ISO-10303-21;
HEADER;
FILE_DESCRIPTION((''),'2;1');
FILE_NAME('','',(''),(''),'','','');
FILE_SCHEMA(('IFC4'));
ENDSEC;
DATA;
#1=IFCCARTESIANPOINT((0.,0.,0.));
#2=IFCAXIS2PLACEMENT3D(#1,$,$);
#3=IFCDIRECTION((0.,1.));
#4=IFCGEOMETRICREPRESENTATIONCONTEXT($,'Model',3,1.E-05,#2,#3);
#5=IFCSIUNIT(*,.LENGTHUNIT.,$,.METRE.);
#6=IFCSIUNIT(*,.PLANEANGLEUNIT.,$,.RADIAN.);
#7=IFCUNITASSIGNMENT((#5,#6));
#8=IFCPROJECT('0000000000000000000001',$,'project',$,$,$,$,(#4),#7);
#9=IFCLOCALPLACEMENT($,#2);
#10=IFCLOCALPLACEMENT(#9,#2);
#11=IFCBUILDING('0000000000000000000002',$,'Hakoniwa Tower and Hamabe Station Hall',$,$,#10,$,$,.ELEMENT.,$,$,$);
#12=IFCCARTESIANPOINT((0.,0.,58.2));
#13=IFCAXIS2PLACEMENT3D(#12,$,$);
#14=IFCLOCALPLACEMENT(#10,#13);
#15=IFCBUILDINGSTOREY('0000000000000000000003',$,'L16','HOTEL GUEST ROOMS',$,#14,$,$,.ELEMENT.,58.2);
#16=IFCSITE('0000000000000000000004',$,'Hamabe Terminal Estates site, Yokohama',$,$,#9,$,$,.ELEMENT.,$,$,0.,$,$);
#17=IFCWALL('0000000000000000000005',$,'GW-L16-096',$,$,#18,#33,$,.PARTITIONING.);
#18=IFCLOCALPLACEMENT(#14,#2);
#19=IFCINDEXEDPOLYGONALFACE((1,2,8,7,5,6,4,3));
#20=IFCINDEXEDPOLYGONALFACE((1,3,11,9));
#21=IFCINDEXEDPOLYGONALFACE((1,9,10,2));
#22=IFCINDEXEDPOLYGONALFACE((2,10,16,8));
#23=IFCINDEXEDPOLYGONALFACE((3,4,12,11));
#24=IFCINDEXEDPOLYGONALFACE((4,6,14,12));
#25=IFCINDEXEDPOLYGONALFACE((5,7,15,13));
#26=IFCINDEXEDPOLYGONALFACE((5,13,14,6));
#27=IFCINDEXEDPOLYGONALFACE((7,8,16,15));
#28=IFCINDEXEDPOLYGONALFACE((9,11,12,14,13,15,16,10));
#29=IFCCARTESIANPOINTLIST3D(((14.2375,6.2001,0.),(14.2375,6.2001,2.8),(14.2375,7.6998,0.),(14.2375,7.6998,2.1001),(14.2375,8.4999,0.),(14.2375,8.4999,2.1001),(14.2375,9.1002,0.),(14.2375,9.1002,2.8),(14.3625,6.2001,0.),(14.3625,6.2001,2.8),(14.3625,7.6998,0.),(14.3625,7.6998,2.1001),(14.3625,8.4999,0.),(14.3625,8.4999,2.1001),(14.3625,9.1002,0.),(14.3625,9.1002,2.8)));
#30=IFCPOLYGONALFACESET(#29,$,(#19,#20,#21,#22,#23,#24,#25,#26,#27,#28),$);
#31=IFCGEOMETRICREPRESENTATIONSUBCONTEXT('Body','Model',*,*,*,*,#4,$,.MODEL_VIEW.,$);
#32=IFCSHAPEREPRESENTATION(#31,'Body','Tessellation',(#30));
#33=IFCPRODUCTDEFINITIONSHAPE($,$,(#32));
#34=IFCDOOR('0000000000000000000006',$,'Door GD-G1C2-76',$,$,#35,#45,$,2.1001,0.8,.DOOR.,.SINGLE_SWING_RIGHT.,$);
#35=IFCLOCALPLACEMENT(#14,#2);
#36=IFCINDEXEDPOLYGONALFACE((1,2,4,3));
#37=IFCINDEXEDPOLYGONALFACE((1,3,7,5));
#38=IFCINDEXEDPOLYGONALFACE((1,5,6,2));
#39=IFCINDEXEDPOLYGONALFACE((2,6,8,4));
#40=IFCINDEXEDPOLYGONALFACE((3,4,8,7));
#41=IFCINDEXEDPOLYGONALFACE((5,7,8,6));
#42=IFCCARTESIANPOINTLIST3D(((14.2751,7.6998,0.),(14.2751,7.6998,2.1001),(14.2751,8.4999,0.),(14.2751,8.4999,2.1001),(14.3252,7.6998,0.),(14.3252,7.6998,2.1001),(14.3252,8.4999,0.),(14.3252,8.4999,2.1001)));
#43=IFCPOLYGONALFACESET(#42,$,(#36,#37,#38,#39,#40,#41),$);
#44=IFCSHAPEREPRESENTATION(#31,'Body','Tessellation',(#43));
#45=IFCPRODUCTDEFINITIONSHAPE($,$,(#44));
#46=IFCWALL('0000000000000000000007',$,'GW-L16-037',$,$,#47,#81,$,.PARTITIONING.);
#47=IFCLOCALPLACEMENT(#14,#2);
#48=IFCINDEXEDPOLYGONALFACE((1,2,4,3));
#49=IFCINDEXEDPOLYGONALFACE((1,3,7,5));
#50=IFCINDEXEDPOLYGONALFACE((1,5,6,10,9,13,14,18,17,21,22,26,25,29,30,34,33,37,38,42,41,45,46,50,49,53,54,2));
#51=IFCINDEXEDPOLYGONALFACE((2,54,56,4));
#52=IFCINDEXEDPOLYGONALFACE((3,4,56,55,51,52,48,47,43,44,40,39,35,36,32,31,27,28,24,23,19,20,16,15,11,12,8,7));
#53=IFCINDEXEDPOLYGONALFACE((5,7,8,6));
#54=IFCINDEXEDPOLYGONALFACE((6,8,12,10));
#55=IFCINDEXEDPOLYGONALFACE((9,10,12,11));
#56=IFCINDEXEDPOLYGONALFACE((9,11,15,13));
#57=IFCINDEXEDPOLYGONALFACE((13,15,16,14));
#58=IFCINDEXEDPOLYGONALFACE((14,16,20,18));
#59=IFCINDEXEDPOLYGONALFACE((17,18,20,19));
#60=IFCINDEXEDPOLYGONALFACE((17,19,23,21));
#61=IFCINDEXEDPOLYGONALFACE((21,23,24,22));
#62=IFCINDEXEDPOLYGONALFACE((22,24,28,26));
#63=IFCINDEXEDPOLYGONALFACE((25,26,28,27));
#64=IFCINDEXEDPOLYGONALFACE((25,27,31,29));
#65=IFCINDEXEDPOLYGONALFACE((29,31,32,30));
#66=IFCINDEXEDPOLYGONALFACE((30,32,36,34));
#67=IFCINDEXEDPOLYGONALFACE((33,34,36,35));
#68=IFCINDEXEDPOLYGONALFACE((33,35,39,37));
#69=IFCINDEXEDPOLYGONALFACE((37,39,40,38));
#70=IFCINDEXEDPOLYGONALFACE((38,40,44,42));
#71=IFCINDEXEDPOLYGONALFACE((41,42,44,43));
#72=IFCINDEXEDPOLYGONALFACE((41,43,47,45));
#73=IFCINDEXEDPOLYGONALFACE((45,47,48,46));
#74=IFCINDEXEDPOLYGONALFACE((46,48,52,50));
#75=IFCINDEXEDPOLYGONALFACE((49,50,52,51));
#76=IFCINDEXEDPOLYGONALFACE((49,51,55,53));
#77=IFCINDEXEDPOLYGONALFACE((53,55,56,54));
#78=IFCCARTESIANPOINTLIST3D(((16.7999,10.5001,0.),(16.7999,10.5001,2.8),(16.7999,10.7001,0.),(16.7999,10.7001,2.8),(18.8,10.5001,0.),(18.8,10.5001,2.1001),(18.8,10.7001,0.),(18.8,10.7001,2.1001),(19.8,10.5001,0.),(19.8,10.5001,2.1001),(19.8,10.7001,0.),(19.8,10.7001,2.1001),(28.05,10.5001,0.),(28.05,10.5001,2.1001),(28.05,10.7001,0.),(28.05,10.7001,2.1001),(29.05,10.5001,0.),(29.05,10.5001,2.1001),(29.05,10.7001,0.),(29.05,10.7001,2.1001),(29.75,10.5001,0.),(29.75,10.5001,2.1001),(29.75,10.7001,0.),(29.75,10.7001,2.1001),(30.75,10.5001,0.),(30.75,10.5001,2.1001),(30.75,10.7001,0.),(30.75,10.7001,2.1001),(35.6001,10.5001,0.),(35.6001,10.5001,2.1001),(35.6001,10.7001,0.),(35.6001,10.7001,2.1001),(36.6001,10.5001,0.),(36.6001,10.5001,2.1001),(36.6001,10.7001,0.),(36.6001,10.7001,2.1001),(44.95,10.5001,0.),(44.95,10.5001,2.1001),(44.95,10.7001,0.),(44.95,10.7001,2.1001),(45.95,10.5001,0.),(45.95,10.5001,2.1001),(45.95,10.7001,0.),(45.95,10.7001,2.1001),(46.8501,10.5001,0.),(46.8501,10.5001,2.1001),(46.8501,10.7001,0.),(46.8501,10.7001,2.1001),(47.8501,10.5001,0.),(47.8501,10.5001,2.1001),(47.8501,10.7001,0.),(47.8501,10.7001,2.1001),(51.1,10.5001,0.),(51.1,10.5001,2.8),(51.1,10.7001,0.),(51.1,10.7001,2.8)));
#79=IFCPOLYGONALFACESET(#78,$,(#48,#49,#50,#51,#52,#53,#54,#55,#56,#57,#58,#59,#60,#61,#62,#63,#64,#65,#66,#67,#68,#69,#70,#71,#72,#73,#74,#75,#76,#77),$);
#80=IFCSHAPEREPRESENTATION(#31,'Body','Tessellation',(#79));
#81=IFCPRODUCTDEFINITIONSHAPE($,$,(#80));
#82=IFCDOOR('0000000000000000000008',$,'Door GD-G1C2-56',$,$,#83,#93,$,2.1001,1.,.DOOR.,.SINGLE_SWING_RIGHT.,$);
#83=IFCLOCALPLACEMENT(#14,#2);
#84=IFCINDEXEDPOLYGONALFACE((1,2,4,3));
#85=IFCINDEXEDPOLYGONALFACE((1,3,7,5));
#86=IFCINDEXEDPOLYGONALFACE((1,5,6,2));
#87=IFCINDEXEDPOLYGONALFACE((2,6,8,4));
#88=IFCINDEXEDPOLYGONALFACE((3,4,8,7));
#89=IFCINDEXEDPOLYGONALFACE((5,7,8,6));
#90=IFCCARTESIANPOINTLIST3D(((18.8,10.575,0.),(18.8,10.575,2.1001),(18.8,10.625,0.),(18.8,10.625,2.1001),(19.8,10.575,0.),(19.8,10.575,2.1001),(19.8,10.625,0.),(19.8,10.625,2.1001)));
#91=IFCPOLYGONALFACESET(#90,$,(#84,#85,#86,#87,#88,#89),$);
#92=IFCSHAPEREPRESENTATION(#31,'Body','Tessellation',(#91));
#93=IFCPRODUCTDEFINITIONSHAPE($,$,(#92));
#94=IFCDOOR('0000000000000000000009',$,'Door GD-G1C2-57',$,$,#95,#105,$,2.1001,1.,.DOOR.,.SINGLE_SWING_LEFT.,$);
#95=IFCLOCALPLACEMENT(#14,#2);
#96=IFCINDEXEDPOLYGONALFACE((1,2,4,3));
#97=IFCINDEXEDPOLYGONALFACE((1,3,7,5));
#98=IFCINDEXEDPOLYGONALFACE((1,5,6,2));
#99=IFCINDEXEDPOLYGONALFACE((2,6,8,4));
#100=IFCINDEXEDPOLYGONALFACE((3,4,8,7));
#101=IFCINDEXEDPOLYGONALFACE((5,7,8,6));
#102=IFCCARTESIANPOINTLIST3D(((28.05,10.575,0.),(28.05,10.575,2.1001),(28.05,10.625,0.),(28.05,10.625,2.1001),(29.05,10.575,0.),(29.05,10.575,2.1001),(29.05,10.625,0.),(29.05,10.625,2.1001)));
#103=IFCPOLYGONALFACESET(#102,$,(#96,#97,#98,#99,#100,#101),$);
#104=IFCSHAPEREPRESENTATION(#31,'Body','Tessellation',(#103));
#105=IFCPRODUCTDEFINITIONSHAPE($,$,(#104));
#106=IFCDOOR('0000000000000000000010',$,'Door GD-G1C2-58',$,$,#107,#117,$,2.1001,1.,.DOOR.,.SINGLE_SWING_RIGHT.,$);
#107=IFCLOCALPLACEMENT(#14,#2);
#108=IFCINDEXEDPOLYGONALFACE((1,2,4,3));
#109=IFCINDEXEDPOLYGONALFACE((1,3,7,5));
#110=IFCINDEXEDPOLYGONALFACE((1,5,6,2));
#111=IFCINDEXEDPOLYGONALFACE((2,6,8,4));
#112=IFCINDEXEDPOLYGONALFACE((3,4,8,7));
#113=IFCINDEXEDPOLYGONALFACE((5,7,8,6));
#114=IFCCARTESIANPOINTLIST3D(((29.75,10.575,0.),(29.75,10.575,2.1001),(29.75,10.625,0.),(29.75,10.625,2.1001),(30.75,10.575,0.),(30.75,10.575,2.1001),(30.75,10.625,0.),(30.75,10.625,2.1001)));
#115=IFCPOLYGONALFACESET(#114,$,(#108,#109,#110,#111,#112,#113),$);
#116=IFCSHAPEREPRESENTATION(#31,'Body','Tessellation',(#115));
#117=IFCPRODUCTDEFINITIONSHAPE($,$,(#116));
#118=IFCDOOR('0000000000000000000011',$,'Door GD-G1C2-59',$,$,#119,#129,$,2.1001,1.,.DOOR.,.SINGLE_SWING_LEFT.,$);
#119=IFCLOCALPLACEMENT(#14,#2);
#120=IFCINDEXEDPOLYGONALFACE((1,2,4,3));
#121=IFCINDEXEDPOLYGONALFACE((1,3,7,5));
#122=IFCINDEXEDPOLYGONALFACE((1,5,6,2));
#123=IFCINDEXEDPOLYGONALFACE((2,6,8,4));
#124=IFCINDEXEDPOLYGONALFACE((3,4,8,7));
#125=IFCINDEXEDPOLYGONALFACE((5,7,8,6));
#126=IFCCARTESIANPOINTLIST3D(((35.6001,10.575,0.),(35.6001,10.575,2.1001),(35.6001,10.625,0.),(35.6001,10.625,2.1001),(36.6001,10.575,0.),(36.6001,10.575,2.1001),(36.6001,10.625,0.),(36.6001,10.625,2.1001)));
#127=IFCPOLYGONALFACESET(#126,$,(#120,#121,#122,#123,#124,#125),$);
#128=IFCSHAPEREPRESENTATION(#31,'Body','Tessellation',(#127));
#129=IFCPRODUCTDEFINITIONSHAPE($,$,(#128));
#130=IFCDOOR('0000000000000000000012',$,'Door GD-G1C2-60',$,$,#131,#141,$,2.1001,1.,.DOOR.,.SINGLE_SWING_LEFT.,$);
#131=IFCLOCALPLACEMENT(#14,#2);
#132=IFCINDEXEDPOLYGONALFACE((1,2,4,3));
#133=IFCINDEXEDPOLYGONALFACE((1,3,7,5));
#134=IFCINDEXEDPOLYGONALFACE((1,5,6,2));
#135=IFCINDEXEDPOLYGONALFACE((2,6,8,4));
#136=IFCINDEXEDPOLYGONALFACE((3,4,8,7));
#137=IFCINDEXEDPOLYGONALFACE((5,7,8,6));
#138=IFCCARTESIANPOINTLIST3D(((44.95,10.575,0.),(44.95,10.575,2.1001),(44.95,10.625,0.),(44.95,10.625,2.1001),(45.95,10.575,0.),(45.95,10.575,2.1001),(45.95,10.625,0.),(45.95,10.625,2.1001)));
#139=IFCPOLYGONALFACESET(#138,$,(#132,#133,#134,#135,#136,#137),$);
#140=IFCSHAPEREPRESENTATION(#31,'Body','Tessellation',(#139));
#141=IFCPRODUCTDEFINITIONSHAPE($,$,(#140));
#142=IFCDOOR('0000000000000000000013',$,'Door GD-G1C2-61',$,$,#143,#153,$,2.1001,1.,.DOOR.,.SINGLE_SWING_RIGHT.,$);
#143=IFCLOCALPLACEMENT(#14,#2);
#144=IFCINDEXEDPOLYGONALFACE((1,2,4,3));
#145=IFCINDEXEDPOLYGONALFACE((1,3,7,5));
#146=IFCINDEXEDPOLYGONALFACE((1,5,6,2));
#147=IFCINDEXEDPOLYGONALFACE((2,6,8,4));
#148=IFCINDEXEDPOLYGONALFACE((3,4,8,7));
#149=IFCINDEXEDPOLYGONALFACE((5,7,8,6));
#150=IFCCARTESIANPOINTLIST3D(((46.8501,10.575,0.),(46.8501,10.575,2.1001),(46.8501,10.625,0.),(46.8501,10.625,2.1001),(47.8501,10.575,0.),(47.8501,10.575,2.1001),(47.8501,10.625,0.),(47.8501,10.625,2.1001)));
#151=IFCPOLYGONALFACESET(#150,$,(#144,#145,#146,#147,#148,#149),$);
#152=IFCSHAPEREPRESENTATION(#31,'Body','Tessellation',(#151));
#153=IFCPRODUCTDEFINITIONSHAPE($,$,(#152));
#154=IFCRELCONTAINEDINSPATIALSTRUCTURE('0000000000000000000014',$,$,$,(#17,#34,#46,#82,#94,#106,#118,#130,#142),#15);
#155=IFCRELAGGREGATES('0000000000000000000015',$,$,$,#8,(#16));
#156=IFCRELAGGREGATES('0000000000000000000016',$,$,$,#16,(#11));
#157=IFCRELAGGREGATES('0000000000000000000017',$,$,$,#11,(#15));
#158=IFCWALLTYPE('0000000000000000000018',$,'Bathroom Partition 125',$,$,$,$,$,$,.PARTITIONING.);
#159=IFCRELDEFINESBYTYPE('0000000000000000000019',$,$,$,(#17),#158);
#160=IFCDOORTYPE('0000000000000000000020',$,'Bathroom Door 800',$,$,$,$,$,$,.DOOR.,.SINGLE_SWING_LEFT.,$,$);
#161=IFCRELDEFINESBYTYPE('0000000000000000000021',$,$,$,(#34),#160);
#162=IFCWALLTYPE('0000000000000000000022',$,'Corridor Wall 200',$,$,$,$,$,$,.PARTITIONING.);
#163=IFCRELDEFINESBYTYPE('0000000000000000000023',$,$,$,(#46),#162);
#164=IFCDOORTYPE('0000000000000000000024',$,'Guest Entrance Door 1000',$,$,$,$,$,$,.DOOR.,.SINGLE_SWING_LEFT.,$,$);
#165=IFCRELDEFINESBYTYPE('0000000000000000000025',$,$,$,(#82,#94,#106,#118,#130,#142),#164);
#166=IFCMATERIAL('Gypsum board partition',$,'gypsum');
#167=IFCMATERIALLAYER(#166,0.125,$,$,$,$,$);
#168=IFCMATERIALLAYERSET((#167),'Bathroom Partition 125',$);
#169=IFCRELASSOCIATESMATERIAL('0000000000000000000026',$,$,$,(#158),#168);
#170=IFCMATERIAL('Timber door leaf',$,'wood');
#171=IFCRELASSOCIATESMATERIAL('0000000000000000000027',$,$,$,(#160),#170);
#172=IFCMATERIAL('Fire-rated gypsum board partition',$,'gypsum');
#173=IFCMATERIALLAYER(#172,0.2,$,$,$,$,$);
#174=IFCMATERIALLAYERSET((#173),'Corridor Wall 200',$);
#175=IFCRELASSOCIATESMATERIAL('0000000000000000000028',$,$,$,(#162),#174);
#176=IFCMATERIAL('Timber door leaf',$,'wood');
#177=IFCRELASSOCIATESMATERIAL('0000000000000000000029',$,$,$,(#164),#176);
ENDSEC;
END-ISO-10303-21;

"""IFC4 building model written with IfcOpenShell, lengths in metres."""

from ifc_helpers import new_model, si_unit, direction, frame, frame_2d, origin, place, context, subcontext, project, spatial, rectangle, extrude, material, layer, layer_set, type_object, element, fill, save


model = new_model("IFC4")

# Units and contexts
model_context = context("Model", 3, precision=1e-05, world=origin(), true_north=direction((0.0, 1.0)))
body_context = subcontext(model_context, "Body", "Model", "MODEL_VIEW")
ifc_project = project(units=[si_unit("LENGTHUNIT", "METRE"), si_unit("PLANEANGLEUNIT", "RADIAN")], contexts=[model_context])

# Site, building, storey
site_placement = place(None, origin())
site = spatial("IfcSite", under=ifc_project, at=site_placement, Name="Hamabe Terminal Estates site, Yokohama", CompositionType="ELEMENT", RefElevation=0.0)
building_placement = place(site_placement, origin())
building = spatial("IfcBuilding", under=site, at=building_placement, Name="Hakoniwa Tower and Hamabe Station Hall", CompositionType="ELEMENT")
storey_placement = place(building_placement, frame((0.0, 0.0, 58.2)))
storey = spatial("IfcBuildingStorey", under=building, at=storey_placement, Name="L16", Description="HOTEL GUEST ROOMS", CompositionType="ELEMENT", Elevation=58.2)

# Shared definitions
ifc_material_1 = material(Name="Gypsum board partition", Category="gypsum")
ifc_layer_1 = layer(ifc_material_1, 0.125)
ifc_layer_set_1 = layer_set([ifc_layer_1], Name="Bathroom Partition 125")
wall_type_1 = type_object("IfcWallType", Name="Bathroom Partition 125", PredefinedType="PARTITIONING", material=ifc_layer_set_1)

# Wall, opening, door
ifc_material_2 = material(Name="Timber door leaf", Category="wood")
door_type_1 = type_object("IfcDoorType", Name="Bathroom Door 800", OperationType="SINGLE_SWING_LEFT", PredefinedType="DOOR", material=ifc_material_2)
wall_1_placement = place(storey_placement, frame((14.3, 6.2, 0.0), z_axis=(0.0, 0.0, 1.0), x_axis=(0.0, 1.0, 0.0)))
wall_1 = element("IfcWall", 1, at=wall_1_placement, inside=storey, type_object=wall_type_1, Name="GW-L16-096", PredefinedType="PARTITIONING", context=body_context, shape_type="SweptSolid", body=[
    extrude(rectangle(XDim=2.9001, YDim=0.125, at=frame_2d((1.4502, 0.0))), origin(), (0.0, 0.0, 1.0), 2.8),
])
opening_1_placement = place(wall_1_placement, frame((1.5, 0.0, 0.0)))
opening_1 = element("IfcOpeningElement", 2, at=opening_1_placement, cuts=wall_1, PredefinedType="OPENING", context=body_context, shape_type="SweptSolid", body=[
    extrude(rectangle(XDim=0.8, YDim=2.1001, at=frame_2d((0.3999, 1.05))), frame((0.0, 0.0725, 0.0), z_axis=(0.0, -1.0, 0.0), x_axis=(1.0, 0.0, 0.0)), (0.0, 0.0, 1.0), 0.145),
])
door_1_placement = place(opening_1_placement, origin())
door_1 = element("IfcDoor", 3, at=door_1_placement, inside=storey, type_object=door_type_1, Name="Door GD-G1C2-76", OperationType="SINGLE_SWING_RIGHT", OverallHeight=2.1001, OverallWidth=0.8, PredefinedType="DOOR", context=body_context, shape_type="SweptSolid", body=[
    extrude(rectangle(XDim=0.8, YDim=2.1001, at=frame_2d((0.3999, 1.05))), frame((0.0, 0.0249, 0.0), z_axis=(0.0, -1.0, 0.0), x_axis=(1.0, 0.0, 0.0)), (0.0, 0.0, 1.0), 0.05),
])
fill(opening_1, door_1)

# Wall, openings, doors
ifc_material_3 = material(Name="Fire-rated gypsum board partition", Category="gypsum")
ifc_layer_2 = layer(ifc_material_3, 0.2)
ifc_layer_set_2 = layer_set([ifc_layer_2], Name="Corridor Wall 200")
wall_type_2 = type_object("IfcWallType", Name="Corridor Wall 200", PredefinedType="PARTITIONING", material=ifc_layer_set_2)
wall_2_placement = place(storey_placement, frame((16.8, 10.6001, 0.0), z_axis=(0.0, 0.0, 1.0), x_axis=(1.0, 0.0, 0.0)))
wall_2 = element("IfcWall", 4, at=wall_2_placement, inside=storey, type_object=wall_type_2, Name="GW-L16-037", PredefinedType="PARTITIONING", context=body_context, shape_type="SweptSolid", body=[
    extrude(rectangle(XDim=34.3, YDim=0.2, at=frame_2d((17.1499, 0.0))), origin(), (0.0, 0.0, 1.0), 2.8),
])
opening_2_placement = place(wall_2_placement, frame((2.0, 0.0, 0.0)))
opening_2 = element("IfcOpeningElement", 5, at=opening_2_placement, cuts=wall_2, PredefinedType="OPENING", context=body_context, shape_type="SweptSolid", body=[
    extrude(rectangle(XDim=1.0, YDim=2.1001, at=frame_2d((0.5, 1.05))), frame((0.0, 0.1099, 0.0), z_axis=(0.0, -1.0, 0.0), x_axis=(1.0, 0.0, 0.0)), (0.0, 0.0, 1.0), 0.22),
])
opening_3_placement = place(wall_2_placement, frame((11.25, 0.0, 0.0)))
opening_3 = element("IfcOpeningElement", 6, at=opening_3_placement, cuts=wall_2, PredefinedType="OPENING", context=body_context, shape_type="SweptSolid", body=[
    extrude(rectangle(XDim=1.0, YDim=2.1001, at=frame_2d((0.5, 1.05))), frame((0.0, 0.1099, 0.0), z_axis=(0.0, -1.0, 0.0), x_axis=(1.0, 0.0, 0.0)), (0.0, 0.0, 1.0), 0.22),
])
opening_4_placement = place(wall_2_placement, frame((12.95, 0.0, 0.0)))
opening_4 = element("IfcOpeningElement", 7, at=opening_4_placement, cuts=wall_2, PredefinedType="OPENING", context=body_context, shape_type="SweptSolid", body=[
    extrude(rectangle(XDim=1.0, YDim=2.1001, at=frame_2d((0.5, 1.05))), frame((0.0, 0.1099, 0.0), z_axis=(0.0, -1.0, 0.0), x_axis=(1.0, 0.0, 0.0)), (0.0, 0.0, 1.0), 0.22),
])
opening_5_placement = place(wall_2_placement, frame((18.8, 0.0, 0.0)))
opening_5 = element("IfcOpeningElement", 8, at=opening_5_placement, cuts=wall_2, PredefinedType="OPENING", context=body_context, shape_type="SweptSolid", body=[
    extrude(rectangle(XDim=1.0, YDim=2.1001, at=frame_2d((0.5, 1.05))), frame((0.0, 0.1099, 0.0), z_axis=(0.0, -1.0, 0.0), x_axis=(1.0, 0.0, 0.0)), (0.0, 0.0, 1.0), 0.22),
])
opening_6_placement = place(wall_2_placement, frame((28.1499, 0.0, 0.0)))
opening_6 = element("IfcOpeningElement", 9, at=opening_6_placement, cuts=wall_2, PredefinedType="OPENING", context=body_context, shape_type="SweptSolid", body=[
    extrude(rectangle(XDim=1.0, YDim=2.1001, at=frame_2d((0.5, 1.05))), frame((0.0, 0.1099, 0.0), z_axis=(0.0, -1.0, 0.0), x_axis=(1.0, 0.0, 0.0)), (0.0, 0.0, 1.0), 0.22),
])
opening_7_placement = place(wall_2_placement, frame((30.05, 0.0, 0.0)))
opening_7 = element("IfcOpeningElement", 10, at=opening_7_placement, cuts=wall_2, PredefinedType="OPENING", context=body_context, shape_type="SweptSolid", body=[
    extrude(rectangle(XDim=1.0, YDim=2.1001, at=frame_2d((0.5, 1.05))), frame((0.0, 0.1099, 0.0), z_axis=(0.0, -1.0, 0.0), x_axis=(1.0, 0.0, 0.0)), (0.0, 0.0, 1.0), 0.22),
])
ifc_material_4 = material(Name="Timber door leaf", Category="wood")
door_type_2 = type_object("IfcDoorType", Name="Guest Entrance Door 1000", OperationType="SINGLE_SWING_LEFT", PredefinedType="DOOR", material=ifc_material_4)
door_2_placement = place(opening_2_placement, origin())
door_2 = element("IfcDoor", 11, at=door_2_placement, inside=storey, type_object=door_type_2, Name="Door GD-G1C2-56", OperationType="SINGLE_SWING_RIGHT", OverallHeight=2.1001, OverallWidth=1.0, PredefinedType="DOOR", context=body_context, shape_type="SweptSolid", body=[
    extrude(rectangle(XDim=1.0, YDim=2.1001, at=frame_2d((0.5, 1.05))), frame((0.0, 0.0249, 0.0), z_axis=(0.0, -1.0, 0.0), x_axis=(1.0, 0.0, 0.0)), (0.0, 0.0, 1.0), 0.05),
])
fill(opening_2, door_2)
door_3_placement = place(opening_3_placement, origin())
door_3 = element("IfcDoor", 12, at=door_3_placement, inside=storey, type_object=door_type_2, Name="Door GD-G1C2-57", OperationType="SINGLE_SWING_LEFT", OverallHeight=2.1001, OverallWidth=1.0, PredefinedType="DOOR", context=body_context, shape_type="SweptSolid", body=[
    extrude(rectangle(XDim=1.0, YDim=2.1001, at=frame_2d((0.5, 1.05))), frame((0.0, 0.0249, 0.0), z_axis=(0.0, -1.0, 0.0), x_axis=(1.0, 0.0, 0.0)), (0.0, 0.0, 1.0), 0.05),
])
fill(opening_3, door_3)
door_4_placement = place(opening_4_placement, origin())
door_4 = element("IfcDoor", 13, at=door_4_placement, inside=storey, type_object=door_type_2, Name="Door GD-G1C2-58", OperationType="SINGLE_SWING_RIGHT", OverallHeight=2.1001, OverallWidth=1.0, PredefinedType="DOOR", context=body_context, shape_type="SweptSolid", body=[
    extrude(rectangle(XDim=1.0, YDim=2.1001, at=frame_2d((0.5, 1.05))), frame((0.0, 0.0249, 0.0), z_axis=(0.0, -1.0, 0.0), x_axis=(1.0, 0.0, 0.0)), (0.0, 0.0, 1.0), 0.05),
])
fill(opening_4, door_4)
door_5_placement = place(opening_5_placement, origin())
door_5 = element("IfcDoor", 14, at=door_5_placement, inside=storey, type_object=door_type_2, Name="Door GD-G1C2-59", OperationType="SINGLE_SWING_LEFT", OverallHeight=2.1001, OverallWidth=1.0, PredefinedType="DOOR", context=body_context, shape_type="SweptSolid", body=[
    extrude(rectangle(XDim=1.0, YDim=2.1001, at=frame_2d((0.5, 1.05))), frame((0.0, 0.0249, 0.0), z_axis=(0.0, -1.0, 0.0), x_axis=(1.0, 0.0, 0.0)), (0.0, 0.0, 1.0), 0.05),
])
fill(opening_5, door_5)
door_6_placement = place(opening_6_placement, origin())
door_6 = element("IfcDoor", 15, at=door_6_placement, inside=storey, type_object=door_type_2, Name="Door GD-G1C2-60", OperationType="SINGLE_SWING_LEFT", OverallHeight=2.1001, OverallWidth=1.0, PredefinedType="DOOR", context=body_context, shape_type="SweptSolid", body=[
    extrude(rectangle(XDim=1.0, YDim=2.1001, at=frame_2d((0.5, 1.05))), frame((0.0, 0.0249, 0.0), z_axis=(0.0, -1.0, 0.0), x_axis=(1.0, 0.0, 0.0)), (0.0, 0.0, 1.0), 0.05),
])
fill(opening_6, door_6)
door_7_placement = place(opening_7_placement, origin())
door_7 = element("IfcDoor", 16, at=door_7_placement, inside=storey, type_object=door_type_2, Name="Door GD-G1C2-61", OperationType="SINGLE_SWING_RIGHT", OverallHeight=2.1001, OverallWidth=1.0, PredefinedType="DOOR", context=body_context, shape_type="SweptSolid", body=[
    extrude(rectangle(XDim=1.0, YDim=2.1001, at=frame_2d((0.5, 1.05))), frame((0.0, 0.0249, 0.0), z_axis=(0.0, -1.0, 0.0), x_axis=(1.0, 0.0, 0.0)), (0.0, 0.0, 1.0), 0.05),
])
fill(opening_7, door_7)

save(model, "model.ifc")
